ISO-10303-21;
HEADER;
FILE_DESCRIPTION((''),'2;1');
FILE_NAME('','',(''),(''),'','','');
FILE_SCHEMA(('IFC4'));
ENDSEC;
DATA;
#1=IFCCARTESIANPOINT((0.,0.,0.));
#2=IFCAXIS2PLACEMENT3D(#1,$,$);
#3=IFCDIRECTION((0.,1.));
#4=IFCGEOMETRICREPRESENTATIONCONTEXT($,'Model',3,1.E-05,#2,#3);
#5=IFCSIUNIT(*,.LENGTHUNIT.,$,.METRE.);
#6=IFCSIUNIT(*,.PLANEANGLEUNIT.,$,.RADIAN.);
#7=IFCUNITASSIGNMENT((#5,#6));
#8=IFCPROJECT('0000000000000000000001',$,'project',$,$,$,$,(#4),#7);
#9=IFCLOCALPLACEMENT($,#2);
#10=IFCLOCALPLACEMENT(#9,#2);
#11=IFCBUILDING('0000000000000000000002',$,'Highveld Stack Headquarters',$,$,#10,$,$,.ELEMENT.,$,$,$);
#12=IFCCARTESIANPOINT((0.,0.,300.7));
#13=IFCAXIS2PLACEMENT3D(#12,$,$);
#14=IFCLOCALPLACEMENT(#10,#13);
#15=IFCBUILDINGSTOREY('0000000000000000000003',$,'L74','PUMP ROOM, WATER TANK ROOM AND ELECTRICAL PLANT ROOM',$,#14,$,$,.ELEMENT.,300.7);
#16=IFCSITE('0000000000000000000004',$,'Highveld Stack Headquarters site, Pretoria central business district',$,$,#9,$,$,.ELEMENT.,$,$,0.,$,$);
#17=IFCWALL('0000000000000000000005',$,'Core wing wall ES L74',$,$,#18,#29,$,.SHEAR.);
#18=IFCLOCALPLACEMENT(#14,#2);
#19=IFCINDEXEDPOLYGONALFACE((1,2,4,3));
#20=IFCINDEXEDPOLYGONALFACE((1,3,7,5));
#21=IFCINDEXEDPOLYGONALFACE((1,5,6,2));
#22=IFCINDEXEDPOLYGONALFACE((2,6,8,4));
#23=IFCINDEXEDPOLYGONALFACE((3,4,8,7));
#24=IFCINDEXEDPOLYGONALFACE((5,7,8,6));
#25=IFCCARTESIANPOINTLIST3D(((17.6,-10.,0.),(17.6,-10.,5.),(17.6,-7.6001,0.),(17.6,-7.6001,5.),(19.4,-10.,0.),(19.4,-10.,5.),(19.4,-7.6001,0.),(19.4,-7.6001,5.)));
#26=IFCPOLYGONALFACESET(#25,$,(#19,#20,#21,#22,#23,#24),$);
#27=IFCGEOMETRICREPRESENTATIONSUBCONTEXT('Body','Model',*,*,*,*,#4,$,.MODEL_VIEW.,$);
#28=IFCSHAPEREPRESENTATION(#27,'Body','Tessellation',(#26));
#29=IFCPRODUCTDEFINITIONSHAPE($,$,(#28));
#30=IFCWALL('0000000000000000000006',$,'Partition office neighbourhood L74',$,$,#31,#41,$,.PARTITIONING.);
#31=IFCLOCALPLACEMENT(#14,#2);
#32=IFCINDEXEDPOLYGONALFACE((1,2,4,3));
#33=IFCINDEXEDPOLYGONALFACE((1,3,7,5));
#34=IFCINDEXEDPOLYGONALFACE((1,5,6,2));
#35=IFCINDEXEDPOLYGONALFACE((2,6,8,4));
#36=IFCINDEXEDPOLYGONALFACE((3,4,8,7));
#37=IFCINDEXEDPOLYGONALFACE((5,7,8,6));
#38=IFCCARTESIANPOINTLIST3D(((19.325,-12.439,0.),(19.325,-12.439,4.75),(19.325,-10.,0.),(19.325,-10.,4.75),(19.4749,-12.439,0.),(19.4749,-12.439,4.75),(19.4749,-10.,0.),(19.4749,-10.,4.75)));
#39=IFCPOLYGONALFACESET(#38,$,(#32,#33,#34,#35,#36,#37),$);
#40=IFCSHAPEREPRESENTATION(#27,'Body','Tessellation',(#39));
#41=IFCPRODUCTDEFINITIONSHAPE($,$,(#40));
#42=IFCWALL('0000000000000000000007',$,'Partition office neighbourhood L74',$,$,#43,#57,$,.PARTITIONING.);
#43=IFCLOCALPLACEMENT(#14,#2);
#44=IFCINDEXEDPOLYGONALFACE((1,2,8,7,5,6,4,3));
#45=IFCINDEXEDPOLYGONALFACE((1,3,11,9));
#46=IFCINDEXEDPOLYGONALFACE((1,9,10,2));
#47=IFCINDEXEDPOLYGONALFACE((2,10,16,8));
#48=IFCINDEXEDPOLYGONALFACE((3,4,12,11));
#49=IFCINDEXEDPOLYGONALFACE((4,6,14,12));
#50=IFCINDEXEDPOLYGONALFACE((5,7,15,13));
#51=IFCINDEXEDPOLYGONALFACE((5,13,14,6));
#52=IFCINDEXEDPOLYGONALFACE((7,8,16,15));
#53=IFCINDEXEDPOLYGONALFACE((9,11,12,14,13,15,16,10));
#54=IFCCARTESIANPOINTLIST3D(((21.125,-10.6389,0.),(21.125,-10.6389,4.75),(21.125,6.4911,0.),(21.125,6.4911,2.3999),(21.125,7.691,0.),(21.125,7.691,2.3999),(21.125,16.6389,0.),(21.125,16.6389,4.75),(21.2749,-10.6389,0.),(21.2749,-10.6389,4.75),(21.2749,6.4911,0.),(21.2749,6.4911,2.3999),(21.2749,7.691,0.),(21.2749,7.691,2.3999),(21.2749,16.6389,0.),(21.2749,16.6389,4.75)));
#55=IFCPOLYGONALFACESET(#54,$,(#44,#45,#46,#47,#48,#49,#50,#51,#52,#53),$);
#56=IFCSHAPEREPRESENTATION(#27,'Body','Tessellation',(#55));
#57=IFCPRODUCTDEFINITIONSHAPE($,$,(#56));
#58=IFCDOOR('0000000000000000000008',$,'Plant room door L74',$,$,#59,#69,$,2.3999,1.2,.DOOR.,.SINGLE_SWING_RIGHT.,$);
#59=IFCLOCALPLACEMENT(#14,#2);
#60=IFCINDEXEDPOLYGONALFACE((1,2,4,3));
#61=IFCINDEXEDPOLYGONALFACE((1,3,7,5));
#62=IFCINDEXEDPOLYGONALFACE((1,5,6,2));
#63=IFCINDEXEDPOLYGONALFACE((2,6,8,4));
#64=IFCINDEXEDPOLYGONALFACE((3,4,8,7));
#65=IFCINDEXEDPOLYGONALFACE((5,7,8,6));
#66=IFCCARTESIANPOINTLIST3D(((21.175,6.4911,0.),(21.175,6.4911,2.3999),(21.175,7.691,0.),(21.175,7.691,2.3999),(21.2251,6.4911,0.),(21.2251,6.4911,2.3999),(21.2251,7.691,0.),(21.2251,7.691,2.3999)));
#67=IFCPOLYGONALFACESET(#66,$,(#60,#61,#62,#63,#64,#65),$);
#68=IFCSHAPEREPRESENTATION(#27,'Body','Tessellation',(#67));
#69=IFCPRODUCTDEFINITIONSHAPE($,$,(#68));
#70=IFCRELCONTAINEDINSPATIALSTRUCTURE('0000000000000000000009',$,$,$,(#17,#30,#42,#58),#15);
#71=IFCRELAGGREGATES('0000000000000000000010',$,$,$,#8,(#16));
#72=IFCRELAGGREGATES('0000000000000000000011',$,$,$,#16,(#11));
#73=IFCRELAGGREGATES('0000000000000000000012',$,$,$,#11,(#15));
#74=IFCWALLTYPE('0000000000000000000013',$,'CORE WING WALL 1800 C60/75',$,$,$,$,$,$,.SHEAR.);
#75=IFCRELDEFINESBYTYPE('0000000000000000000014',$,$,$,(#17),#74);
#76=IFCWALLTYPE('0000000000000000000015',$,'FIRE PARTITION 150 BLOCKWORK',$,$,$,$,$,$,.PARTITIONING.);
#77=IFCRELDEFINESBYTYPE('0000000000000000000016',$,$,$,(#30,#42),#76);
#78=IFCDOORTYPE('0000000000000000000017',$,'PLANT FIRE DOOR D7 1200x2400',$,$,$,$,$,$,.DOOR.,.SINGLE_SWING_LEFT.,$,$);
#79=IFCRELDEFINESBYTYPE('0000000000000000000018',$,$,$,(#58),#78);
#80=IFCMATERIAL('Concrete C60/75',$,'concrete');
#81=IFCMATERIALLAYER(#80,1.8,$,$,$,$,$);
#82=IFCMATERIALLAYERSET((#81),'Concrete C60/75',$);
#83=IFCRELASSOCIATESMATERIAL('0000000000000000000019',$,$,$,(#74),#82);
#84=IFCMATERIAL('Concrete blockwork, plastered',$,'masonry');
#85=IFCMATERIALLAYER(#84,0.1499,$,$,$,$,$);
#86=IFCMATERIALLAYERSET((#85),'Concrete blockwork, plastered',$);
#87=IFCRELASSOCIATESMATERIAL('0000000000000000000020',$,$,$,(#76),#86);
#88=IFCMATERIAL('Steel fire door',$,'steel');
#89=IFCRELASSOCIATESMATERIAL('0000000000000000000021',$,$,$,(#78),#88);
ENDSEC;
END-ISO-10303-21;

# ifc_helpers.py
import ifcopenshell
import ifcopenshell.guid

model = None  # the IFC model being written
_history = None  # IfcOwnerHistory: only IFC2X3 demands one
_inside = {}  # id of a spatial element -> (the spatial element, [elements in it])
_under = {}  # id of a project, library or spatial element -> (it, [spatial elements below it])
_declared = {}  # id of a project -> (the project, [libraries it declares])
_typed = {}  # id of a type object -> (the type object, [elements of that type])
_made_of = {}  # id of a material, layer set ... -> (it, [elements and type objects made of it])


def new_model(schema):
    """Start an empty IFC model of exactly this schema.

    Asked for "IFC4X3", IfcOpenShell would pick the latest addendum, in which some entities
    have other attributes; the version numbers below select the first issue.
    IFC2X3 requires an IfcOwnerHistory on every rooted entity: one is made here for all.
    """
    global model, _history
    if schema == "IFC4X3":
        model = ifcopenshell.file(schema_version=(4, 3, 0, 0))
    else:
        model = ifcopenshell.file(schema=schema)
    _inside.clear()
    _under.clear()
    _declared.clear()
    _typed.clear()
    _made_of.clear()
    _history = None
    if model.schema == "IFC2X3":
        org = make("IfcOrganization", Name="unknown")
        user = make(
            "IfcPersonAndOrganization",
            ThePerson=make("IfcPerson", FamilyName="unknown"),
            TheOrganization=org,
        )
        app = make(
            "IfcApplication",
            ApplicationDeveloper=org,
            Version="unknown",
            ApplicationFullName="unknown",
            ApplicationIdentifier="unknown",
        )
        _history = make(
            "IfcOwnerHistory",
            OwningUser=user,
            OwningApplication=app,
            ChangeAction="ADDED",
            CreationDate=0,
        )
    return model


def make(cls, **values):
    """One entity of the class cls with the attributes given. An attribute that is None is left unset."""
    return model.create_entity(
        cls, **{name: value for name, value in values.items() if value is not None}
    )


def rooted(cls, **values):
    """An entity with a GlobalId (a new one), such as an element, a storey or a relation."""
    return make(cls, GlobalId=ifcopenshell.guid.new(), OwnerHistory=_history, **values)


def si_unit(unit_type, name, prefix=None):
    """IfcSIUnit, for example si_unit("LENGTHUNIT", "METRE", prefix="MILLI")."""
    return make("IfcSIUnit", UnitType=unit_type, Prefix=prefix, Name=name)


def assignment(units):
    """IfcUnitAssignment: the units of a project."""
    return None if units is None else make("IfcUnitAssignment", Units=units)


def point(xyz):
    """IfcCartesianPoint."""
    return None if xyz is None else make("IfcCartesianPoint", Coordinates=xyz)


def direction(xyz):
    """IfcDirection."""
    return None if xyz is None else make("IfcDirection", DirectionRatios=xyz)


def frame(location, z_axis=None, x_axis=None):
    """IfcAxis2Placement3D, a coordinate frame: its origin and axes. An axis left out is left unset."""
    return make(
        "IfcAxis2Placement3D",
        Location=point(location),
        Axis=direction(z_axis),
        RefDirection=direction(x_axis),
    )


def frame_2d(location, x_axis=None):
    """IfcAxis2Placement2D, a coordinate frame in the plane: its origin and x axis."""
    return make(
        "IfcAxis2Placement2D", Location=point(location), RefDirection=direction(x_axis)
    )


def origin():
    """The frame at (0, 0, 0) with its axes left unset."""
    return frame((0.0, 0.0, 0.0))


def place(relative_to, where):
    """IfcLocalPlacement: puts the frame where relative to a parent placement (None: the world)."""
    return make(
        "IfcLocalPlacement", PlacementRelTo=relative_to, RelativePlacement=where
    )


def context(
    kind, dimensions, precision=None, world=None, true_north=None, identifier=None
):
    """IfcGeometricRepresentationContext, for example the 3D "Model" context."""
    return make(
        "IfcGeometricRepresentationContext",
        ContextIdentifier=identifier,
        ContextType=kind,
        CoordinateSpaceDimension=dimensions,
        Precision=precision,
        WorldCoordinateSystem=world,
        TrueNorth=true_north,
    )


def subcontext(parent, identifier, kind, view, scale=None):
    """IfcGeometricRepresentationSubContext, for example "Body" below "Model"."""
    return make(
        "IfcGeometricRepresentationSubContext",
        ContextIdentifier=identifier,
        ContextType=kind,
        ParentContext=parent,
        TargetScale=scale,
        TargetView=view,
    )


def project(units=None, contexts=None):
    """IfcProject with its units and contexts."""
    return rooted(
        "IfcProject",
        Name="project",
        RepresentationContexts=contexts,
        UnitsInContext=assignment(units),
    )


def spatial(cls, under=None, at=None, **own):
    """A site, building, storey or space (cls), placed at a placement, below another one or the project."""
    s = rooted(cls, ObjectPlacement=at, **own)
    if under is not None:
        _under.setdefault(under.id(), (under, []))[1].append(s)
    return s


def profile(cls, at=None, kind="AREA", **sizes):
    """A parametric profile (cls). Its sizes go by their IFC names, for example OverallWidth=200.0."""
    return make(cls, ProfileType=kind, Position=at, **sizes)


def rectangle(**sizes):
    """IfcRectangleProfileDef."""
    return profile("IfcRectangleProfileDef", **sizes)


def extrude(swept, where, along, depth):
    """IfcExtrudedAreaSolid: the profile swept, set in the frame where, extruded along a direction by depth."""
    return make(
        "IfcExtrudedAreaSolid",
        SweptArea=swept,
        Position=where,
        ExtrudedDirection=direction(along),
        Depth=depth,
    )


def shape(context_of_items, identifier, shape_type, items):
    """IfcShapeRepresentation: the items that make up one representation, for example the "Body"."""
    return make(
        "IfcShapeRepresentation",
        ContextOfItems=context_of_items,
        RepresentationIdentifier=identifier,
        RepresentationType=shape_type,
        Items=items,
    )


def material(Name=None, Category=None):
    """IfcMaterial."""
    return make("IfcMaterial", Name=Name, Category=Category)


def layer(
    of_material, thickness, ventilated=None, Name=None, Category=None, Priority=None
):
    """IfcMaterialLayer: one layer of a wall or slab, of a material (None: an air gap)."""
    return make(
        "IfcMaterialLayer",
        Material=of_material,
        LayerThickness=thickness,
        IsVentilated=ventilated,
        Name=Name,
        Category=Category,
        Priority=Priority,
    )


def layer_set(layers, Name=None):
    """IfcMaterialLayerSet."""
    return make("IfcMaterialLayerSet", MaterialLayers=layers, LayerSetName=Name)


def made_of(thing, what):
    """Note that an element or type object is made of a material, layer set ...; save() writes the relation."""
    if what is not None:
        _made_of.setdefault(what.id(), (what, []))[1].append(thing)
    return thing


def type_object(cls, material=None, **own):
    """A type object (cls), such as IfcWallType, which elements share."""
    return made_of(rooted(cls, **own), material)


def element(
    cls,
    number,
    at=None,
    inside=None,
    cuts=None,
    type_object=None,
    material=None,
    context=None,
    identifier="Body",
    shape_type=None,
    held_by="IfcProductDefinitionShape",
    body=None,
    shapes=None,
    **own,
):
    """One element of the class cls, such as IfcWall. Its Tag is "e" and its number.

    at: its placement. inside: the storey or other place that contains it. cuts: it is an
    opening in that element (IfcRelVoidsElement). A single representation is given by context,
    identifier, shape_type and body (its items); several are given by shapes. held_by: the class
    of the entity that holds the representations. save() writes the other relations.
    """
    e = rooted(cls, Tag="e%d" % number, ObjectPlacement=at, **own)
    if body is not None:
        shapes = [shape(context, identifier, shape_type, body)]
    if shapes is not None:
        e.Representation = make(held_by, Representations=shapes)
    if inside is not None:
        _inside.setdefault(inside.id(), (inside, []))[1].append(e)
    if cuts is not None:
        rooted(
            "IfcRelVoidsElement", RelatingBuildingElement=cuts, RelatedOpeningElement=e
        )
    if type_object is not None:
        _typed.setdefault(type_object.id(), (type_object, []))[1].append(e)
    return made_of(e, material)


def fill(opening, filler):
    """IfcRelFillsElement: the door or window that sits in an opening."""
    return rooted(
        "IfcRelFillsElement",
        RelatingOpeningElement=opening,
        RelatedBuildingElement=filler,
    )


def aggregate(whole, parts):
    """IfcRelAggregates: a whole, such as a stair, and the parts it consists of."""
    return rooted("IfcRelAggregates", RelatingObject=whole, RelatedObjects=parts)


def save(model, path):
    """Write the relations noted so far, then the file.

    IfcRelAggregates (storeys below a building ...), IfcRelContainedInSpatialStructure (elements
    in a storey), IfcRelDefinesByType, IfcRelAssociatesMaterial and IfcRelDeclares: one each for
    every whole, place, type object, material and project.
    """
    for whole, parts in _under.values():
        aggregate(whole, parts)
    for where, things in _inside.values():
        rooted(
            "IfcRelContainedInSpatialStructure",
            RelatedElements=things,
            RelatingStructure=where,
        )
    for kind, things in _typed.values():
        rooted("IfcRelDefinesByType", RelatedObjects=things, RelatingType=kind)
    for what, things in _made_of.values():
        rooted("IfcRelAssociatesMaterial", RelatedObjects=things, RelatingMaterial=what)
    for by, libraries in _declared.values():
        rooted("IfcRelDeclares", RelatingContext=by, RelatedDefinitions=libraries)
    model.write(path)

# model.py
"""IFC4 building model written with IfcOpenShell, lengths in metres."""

from ifc_helpers import new_model, si_unit, direction, frame, frame_2d, origin, place, context, subcontext, project, spatial, rectangle, extrude, material, layer, layer_set, type_object, element, fill, save


model = new_model("IFC4")

# Units and contexts
model_context = context("Model", 3, precision=1e-05, world=origin(), true_north=direction((0.0, 1.0)))
body_context = subcontext(model_context, "Body", "Model", "MODEL_VIEW")
ifc_project = project(units=[si_unit("LENGTHUNIT", "METRE"), si_unit("PLANEANGLEUNIT", "RADIAN")], contexts=[model_context])

# Site, building, storey
site_placement = place(None, origin())
site = spatial("IfcSite", under=ifc_project, at=site_placement, Name="Highveld Stack Headquarters site, Pretoria central business district", CompositionType="ELEMENT", RefElevation=0.0)
building_placement = place(site_placement, origin())
building = spatial("IfcBuilding", under=site, at=building_placement, Name="Highveld Stack Headquarters", CompositionType="ELEMENT")
storey_placement = place(building_placement, frame((0.0, 0.0, 300.7)))
storey = spatial("IfcBuildingStorey", under=building, at=storey_placement, Name="L74", Description="PUMP ROOM, WATER TANK ROOM AND ELECTRICAL PLANT ROOM", CompositionType="ELEMENT", Elevation=300.7)

# Walls
ifc_material_1 = material(Name="Concrete C60/75", Category="concrete")
ifc_layer_1 = layer(ifc_material_1, 1.8)
ifc_layer_set_1 = layer_set([ifc_layer_1], Name="Concrete C60/75")
wall_type_1 = type_object("IfcWallType", Name="CORE WING WALL 1800 C60/75", PredefinedType="SHEAR", material=ifc_layer_set_1)
wall_1_placement = place(storey_placement, frame((18.5, -10.0, 0.0), z_axis=(0.0, 0.0, 1.0), x_axis=(0.0, 1.0, 0.0)))
element("IfcWall", 1, at=wall_1_placement, inside=storey, type_object=wall_type_1, Name="Core wing wall ES L74", PredefinedType="SHEAR", context=body_context, shape_type="SweptSolid", body=[
    extrude(rectangle(XDim=2.3999, YDim=1.8, at=frame_2d((1.2, 0.0))), origin(), (0.0, 0.0, 1.0), 5.0),
])
ifc_material_2 = material(Name="Concrete blockwork, plastered", Category="masonry")
ifc_layer_2 = layer(ifc_material_2, 0.1499)
ifc_layer_set_2 = layer_set([ifc_layer_2], Name="Concrete blockwork, plastered")
wall_type_2 = type_object("IfcWallType", Name="FIRE PARTITION 150 BLOCKWORK", PredefinedType="PARTITIONING", material=ifc_layer_set_2)
wall_2_placement = place(storey_placement, frame((19.3999, -12.439, 0.0), z_axis=(0.0, 0.0, 1.0), x_axis=(0.0, 1.0, 0.0)))
element("IfcWall", 2, at=wall_2_placement, inside=storey, type_object=wall_type_2, Name="Partition office neighbourhood L74", PredefinedType="PARTITIONING", context=body_context, shape_type="SweptSolid", body=[
    extrude(rectangle(XDim=2.439, YDim=0.1499, at=frame_2d((1.2195, 0.0))), origin(), (0.0, 0.0, 1.0), 4.75),
])

# Wall, opening, door
wall_3_placement = place(storey_placement, frame((21.2, -10.6389, 0.0), z_axis=(0.0, 0.0, 1.0), x_axis=(0.0, 1.0, 0.0)))
wall_3 = element("IfcWall", 3, at=wall_3_placement, inside=storey, type_object=wall_type_2, Name="Partition office neighbourhood L74", PredefinedType="PARTITIONING", context=body_context, shape_type="SweptSolid", body=[
    extrude(rectangle(XDim=27.2778, YDim=0.1499, at=frame_2d((13.6389, 0.0))), origin(), (0.0, 0.0, 1.0), 4.75),
])
opening_1_placement = place(wall_3_placement, frame((17.1299, 0.0, 0.0)))
opening_1 = element("IfcOpeningElement", 4, at=opening_1_placement, cuts=wall_3, PredefinedType="OPENING", context=body_context, shape_type="SweptSolid", body=[
    extrude(rectangle(XDim=1.2, YDim=2.3999, at=frame_2d((0.6001, 1.2))), frame((0.0, 0.085, 0.0), z_axis=(0.0, -1.0, 0.0), x_axis=(1.0, 0.0, 0.0)), (0.0, 0.0, 1.0), 0.1699),
])
ifc_material_3 = material(Name="Steel fire door", Category="steel")
door_type_1 = type_object("IfcDoorType", Name="PLANT FIRE DOOR D7 1200x2400", OperationType="SINGLE_SWING_LEFT", PredefinedType="DOOR", material=ifc_material_3)
door_1_placement = place(opening_1_placement, origin())
door_1 = element("IfcDoor", 5, at=door_1_placement, inside=storey, type_object=door_type_1, Name="Plant room door L74", OperationType="SINGLE_SWING_RIGHT", OverallHeight=2.3999, OverallWidth=1.2, PredefinedType="DOOR", context=body_context, shape_type="SweptSolid", body=[
    extrude(rectangle(XDim=1.2, YDim=2.3999, at=frame_2d((0.6001, 1.2))), frame((0.0, 0.0249, 0.0), z_axis=(0.0, -1.0, 0.0), x_axis=(1.0, 0.0, 0.0)), (0.0, 0.0, 1.0), 0.05),
])
fill(opening_1, door_1)

save(model, "model.ifc")
